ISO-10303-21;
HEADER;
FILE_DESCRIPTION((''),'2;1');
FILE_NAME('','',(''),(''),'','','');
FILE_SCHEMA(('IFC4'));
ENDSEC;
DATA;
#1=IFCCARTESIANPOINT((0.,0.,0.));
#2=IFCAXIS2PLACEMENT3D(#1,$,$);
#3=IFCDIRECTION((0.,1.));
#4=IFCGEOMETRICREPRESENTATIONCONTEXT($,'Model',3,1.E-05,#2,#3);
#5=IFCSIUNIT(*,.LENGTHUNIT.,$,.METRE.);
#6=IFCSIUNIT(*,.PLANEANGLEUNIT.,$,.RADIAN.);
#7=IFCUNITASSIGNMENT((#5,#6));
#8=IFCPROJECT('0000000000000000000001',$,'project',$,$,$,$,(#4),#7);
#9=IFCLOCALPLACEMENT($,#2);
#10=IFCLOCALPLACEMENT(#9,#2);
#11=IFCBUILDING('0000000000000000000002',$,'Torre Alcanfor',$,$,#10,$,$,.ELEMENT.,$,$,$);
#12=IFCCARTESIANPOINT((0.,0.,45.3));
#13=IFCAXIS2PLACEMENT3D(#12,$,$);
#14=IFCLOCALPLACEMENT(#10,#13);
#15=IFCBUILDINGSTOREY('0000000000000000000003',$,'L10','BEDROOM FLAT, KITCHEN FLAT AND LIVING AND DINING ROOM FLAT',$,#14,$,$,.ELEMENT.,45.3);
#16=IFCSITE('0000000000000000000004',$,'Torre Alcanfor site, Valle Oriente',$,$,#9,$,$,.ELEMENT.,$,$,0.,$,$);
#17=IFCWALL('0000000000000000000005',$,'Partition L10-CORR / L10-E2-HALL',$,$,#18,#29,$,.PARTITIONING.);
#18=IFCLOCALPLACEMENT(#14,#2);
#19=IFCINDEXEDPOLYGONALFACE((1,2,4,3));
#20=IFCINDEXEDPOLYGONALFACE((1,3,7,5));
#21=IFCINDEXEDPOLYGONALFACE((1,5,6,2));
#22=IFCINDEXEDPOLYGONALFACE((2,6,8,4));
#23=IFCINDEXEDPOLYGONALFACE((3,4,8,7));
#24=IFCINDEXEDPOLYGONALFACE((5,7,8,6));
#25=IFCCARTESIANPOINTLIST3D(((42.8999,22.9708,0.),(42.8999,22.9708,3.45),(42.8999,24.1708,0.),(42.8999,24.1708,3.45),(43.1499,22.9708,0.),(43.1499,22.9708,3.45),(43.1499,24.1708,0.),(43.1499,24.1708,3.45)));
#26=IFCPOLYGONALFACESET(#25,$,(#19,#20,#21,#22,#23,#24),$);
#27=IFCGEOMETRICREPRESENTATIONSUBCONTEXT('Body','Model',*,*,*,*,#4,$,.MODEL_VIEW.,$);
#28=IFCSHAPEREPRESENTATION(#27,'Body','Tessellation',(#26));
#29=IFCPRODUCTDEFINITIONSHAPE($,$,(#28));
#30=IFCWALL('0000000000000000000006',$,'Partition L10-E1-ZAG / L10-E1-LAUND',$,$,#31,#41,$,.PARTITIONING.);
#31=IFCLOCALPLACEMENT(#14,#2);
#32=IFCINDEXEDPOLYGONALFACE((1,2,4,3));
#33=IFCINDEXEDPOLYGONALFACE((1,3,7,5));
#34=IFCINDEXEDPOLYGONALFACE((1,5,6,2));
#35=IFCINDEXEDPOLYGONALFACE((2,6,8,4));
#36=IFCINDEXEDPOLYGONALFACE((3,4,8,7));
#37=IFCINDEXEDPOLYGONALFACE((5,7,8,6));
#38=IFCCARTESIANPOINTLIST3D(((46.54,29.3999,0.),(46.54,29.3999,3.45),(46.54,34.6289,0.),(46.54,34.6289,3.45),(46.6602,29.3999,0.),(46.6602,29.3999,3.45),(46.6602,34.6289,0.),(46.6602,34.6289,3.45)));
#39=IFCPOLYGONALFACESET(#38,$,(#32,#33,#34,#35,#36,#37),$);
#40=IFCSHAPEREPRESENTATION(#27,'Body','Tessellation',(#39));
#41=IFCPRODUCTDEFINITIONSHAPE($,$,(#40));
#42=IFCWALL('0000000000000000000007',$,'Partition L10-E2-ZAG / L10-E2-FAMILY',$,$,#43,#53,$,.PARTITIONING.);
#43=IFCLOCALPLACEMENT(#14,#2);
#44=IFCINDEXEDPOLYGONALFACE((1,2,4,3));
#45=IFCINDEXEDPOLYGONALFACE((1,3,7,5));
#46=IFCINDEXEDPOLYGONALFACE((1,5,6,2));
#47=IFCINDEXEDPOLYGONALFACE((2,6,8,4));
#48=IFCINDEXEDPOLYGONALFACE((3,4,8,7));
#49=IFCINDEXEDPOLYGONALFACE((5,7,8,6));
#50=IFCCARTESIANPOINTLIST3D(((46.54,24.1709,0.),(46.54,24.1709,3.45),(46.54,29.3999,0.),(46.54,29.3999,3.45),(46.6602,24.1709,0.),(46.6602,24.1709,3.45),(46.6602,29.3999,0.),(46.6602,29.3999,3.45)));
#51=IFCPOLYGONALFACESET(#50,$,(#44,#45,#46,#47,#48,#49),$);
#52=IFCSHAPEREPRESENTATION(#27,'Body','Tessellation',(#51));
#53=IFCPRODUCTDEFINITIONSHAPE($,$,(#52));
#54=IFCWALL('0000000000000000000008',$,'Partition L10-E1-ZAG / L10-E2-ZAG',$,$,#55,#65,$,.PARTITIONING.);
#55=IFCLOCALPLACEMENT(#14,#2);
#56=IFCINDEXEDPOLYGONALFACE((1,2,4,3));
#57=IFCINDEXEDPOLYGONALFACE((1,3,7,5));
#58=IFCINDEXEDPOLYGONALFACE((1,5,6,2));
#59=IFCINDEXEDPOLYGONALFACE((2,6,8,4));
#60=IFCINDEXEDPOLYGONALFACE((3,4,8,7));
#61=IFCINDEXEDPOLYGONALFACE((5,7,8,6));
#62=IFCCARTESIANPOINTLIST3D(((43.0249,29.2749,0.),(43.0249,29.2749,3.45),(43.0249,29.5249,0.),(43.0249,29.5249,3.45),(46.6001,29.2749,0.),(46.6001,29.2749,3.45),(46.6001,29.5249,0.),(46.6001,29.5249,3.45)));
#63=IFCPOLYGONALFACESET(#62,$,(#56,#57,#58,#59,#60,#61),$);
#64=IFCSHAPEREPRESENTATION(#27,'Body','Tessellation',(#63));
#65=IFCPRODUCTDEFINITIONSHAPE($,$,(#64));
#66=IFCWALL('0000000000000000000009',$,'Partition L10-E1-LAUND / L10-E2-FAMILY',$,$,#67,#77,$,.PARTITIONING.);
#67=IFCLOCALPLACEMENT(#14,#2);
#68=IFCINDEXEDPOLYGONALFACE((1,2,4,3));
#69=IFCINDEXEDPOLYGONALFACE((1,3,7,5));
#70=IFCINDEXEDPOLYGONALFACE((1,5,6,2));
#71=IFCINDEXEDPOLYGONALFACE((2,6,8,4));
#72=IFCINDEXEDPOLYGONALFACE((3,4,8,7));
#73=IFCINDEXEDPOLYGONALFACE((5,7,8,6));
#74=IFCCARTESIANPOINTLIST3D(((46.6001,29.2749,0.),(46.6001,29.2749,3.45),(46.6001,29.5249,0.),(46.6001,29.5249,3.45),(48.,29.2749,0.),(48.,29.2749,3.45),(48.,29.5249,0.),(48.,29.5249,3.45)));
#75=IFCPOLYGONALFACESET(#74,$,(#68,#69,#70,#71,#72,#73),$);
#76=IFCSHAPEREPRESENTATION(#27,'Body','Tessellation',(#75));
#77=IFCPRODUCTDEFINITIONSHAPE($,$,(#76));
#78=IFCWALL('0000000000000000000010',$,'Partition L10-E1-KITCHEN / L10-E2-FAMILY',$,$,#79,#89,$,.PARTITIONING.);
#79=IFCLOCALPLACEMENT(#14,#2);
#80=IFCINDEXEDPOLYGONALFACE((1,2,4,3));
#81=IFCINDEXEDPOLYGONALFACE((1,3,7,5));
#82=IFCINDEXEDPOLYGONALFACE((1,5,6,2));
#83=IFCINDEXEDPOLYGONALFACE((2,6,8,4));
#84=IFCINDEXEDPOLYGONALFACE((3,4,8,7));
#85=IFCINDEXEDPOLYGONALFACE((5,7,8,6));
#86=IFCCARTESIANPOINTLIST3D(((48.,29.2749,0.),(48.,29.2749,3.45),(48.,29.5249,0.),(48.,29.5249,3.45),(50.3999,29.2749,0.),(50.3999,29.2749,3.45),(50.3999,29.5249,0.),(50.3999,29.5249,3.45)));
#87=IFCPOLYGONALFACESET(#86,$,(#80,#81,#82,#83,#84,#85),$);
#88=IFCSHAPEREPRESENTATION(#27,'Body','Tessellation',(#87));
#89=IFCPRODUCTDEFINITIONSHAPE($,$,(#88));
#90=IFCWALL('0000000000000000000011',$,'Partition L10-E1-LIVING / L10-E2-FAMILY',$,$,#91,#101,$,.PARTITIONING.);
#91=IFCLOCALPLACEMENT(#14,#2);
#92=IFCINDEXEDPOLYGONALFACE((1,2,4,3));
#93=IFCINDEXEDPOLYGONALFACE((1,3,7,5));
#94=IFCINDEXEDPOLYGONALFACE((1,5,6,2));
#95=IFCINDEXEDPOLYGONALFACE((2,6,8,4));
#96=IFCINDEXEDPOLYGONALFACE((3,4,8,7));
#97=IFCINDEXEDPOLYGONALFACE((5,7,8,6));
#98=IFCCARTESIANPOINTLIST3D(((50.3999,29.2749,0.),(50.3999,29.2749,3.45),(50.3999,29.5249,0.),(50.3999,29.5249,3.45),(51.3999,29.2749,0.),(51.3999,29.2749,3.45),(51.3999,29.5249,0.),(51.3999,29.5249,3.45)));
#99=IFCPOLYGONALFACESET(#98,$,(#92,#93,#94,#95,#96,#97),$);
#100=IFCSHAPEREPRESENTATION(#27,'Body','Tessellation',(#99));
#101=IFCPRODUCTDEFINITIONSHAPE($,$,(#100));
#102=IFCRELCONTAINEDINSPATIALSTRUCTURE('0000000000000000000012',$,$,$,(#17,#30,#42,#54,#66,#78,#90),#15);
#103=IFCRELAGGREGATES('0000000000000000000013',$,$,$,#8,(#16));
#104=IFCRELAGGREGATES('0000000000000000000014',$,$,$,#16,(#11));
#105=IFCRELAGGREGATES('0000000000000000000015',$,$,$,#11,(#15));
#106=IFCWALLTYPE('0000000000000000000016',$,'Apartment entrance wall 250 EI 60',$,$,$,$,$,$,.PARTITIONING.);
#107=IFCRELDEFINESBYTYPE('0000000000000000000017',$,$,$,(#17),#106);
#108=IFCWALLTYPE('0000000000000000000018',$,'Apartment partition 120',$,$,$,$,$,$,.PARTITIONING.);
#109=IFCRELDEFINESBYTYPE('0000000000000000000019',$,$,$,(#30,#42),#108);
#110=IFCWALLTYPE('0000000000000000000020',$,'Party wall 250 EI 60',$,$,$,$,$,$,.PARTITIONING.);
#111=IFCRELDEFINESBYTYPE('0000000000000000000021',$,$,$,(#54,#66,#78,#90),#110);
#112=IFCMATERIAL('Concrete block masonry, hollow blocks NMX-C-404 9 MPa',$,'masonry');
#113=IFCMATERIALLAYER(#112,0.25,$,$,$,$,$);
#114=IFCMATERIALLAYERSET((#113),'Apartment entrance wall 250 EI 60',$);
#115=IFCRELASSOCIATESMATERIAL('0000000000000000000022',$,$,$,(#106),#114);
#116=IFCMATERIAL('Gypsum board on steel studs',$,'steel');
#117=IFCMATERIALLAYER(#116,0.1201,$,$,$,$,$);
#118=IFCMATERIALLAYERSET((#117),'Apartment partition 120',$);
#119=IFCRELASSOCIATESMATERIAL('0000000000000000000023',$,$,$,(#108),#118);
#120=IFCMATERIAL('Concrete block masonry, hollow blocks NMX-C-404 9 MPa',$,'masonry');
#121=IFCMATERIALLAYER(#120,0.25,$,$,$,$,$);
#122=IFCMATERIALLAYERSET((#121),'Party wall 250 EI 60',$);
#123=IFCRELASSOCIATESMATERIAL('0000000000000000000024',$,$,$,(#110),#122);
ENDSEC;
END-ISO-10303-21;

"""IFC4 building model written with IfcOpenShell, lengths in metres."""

from ifc_helpers import new_model, si_unit, direction, frame, frame_2d, origin, place, context, subcontext, project, spatial, rectangle, extrude, material, layer, layer_set, type_object, element, save


model = new_model("IFC4")

# Units and contexts
model_context = context("Model", 3, precision=1e-05, world=origin(), true_north=direction((0.0, 1.0)))
body_context = subcontext(model_context, "Body", "Model", "MODEL_VIEW")
ifc_project = project(units=[si_unit("LENGTHUNIT", "METRE"), si_unit("PLANEANGLEUNIT", "RADIAN")], contexts=[model_context])

# Site, building, storey
site_placement = place(None, origin())
site = spatial("IfcSite", under=ifc_project, at=site_placement, Name="Torre Alcanfor site, Valle Oriente", CompositionType="ELEMENT", RefElevation=0.0)
building_placement = place(site_placement, origin())
building = spatial("IfcBuilding", under=site, at=building_placement, Name="Torre Alcanfor", CompositionType="ELEMENT")
storey_placement = place(building_placement, frame((0.0, 0.0, 45.3)))
storey = spatial("IfcBuildingStorey", under=building, at=storey_placement, Name="L10", Description="BEDROOM FLAT, KITCHEN FLAT AND LIVING AND DINING ROOM FLAT", CompositionType="ELEMENT", Elevation=45.3)

# Shared definitions
ifc_material_1 = material(Name="Concrete block masonry, hollow blocks NMX-C-404 9 MPa", Category="masonry")
ifc_layer_1 = layer(ifc_material_1, 0.25)
ifc_layer_set_1 = layer_set([ifc_layer_1], Name="Apartment entrance wall 250 EI 60")
wall_type_1 = type_object("IfcWallType", Name="Apartment entrance wall 250 EI 60", PredefinedType="PARTITIONING", material=ifc_layer_set_1)

# Walls
wall_1_placement = place(storey_placement, frame((43.0249, 24.1709, 0.0), z_axis=(0.0, 0.0, 1.0), x_axis=(0.0, -1.0, 0.0)))
element("IfcWall", 1, at=wall_1_placement, inside=storey, type_object=wall_type_1, Name="Partition L10-CORR / L10-E2-HALL", PredefinedType="PARTITIONING", context=body_context, shape_type="SweptSolid", body=[
    extrude(rectangle(XDim=1.2, YDim=0.25, at=frame_2d((0.6001, 0.0))), origin(), (0.0, 0.0, 1.0), 3.45),
])
ifc_material_2 = material(Name="Gypsum board on steel studs", Category="steel")
ifc_layer_2 = layer(ifc_material_2, 0.1201)
ifc_layer_set_2 = layer_set([ifc_layer_2], Name="Apartment partition 120")
wall_type_2 = type_object("IfcWallType", Name="Apartment partition 120", PredefinedType="PARTITIONING", material=ifc_layer_set_2)
for number, where, z_axis, x_axis, name in (
    (2, (46.6001, 29.3999, 0.0), (0.0, 0.0, 1.0), (0.0, 1.0, 0.0), "Partition L10-E1-ZAG / L10-E1-LAUND"),
    (3, (46.6001, 29.3999, 0.0), (0.0, 0.0, 1.0), (0.0, -1.0, 0.0), "Partition L10-E2-ZAG / L10-E2-FAMILY"),
):
    element("IfcWall", number, at=place(storey_placement, frame(where, z_axis=z_axis, x_axis=x_axis)), inside=storey, type_object=wall_type_2, Name=name, PredefinedType="PARTITIONING", context=body_context, shape_type="SweptSolid", body=[
        extrude(rectangle(XDim=5.229, YDim=0.1201, at=frame_2d((2.6145, 0.0))), origin(), (0.0, 0.0, 1.0), 3.45),
    ])
ifc_material_3 = material(Name="Concrete block masonry, hollow blocks NMX-C-404 9 MPa", Category="masonry")
ifc_layer_3 = layer(ifc_material_3, 0.25)
ifc_layer_set_3 = layer_set([ifc_layer_3], Name="Party wall 250 EI 60")
wall_type_3 = type_object("IfcWallType", Name="Party wall 250 EI 60", PredefinedType="PARTITIONING", material=ifc_layer_set_3)
wall_2_placement = place(storey_placement, frame((43.0249, 29.3999, 0.0), z_axis=(0.0, 0.0, 1.0), x_axis=(1.0, 0.0, 0.0)))
element("IfcWall", 4, at=wall_2_placement, inside=storey, type_object=wall_type_3, Name="Partition L10-E1-ZAG / L10-E2-ZAG", PredefinedType="PARTITIONING", context=body_context, shape_type="SweptSolid", body=[
    extrude(rectangle(XDim=3.5752, YDim=0.25, at=frame_2d((1.7876, 0.0))), origin(), (0.0, 0.0, 1.0), 3.45),
])
wall_3_placement = place(storey_placement, frame((46.6001, 29.3999, 0.0), z_axis=(0.0, 0.0, 1.0), x_axis=(1.0, 0.0, 0.0)))
element("IfcWall", 5, at=wall_3_placement, inside=storey, type_object=wall_type_3, Name="Partition L10-E1-LAUND / L10-E2-FAMILY", PredefinedType="PARTITIONING", context=body_context, shape_type="SweptSolid", body=[
    extrude(rectangle(XDim=1.3999, YDim=0.25, at=frame_2d((0.7, 0.0))), origin(), (0.0, 0.0, 1.0), 3.45),
])
wall_4_placement = place(storey_placement, frame((48.0, 29.3999, 0.0), z_axis=(0.0, 0.0, 1.0), x_axis=(1.0, 0.0, 0.0)))
element("IfcWall", 6, at=wall_4_placement, inside=storey, type_object=wall_type_3, Name="Partition L10-E1-KITCHEN / L10-E2-FAMILY", PredefinedType="PARTITIONING", context=body_context, shape_type="SweptSolid", body=[
    extrude(rectangle(XDim=2.3999, YDim=0.25, at=frame_2d((1.2, 0.0))), origin(), (0.0, 0.0, 1.0), 3.45),
])
wall_5_placement = place(storey_placement, frame((50.3999, 29.3999, 0.0), z_axis=(0.0, 0.0, 1.0), x_axis=(1.0, 0.0, 0.0)))
element("IfcWall", 7, at=wall_5_placement, inside=storey, type_object=wall_type_3, Name="Partition L10-E1-LIVING / L10-E2-FAMILY", PredefinedType="PARTITIONING", context=body_context, shape_type="SweptSolid", body=[
    extrude(rectangle(XDim=1.0, YDim=0.25, at=frame_2d((0.5, 0.0))), origin(), (0.0, 0.0, 1.0), 3.45),
])

save(model, "model.ifc")
